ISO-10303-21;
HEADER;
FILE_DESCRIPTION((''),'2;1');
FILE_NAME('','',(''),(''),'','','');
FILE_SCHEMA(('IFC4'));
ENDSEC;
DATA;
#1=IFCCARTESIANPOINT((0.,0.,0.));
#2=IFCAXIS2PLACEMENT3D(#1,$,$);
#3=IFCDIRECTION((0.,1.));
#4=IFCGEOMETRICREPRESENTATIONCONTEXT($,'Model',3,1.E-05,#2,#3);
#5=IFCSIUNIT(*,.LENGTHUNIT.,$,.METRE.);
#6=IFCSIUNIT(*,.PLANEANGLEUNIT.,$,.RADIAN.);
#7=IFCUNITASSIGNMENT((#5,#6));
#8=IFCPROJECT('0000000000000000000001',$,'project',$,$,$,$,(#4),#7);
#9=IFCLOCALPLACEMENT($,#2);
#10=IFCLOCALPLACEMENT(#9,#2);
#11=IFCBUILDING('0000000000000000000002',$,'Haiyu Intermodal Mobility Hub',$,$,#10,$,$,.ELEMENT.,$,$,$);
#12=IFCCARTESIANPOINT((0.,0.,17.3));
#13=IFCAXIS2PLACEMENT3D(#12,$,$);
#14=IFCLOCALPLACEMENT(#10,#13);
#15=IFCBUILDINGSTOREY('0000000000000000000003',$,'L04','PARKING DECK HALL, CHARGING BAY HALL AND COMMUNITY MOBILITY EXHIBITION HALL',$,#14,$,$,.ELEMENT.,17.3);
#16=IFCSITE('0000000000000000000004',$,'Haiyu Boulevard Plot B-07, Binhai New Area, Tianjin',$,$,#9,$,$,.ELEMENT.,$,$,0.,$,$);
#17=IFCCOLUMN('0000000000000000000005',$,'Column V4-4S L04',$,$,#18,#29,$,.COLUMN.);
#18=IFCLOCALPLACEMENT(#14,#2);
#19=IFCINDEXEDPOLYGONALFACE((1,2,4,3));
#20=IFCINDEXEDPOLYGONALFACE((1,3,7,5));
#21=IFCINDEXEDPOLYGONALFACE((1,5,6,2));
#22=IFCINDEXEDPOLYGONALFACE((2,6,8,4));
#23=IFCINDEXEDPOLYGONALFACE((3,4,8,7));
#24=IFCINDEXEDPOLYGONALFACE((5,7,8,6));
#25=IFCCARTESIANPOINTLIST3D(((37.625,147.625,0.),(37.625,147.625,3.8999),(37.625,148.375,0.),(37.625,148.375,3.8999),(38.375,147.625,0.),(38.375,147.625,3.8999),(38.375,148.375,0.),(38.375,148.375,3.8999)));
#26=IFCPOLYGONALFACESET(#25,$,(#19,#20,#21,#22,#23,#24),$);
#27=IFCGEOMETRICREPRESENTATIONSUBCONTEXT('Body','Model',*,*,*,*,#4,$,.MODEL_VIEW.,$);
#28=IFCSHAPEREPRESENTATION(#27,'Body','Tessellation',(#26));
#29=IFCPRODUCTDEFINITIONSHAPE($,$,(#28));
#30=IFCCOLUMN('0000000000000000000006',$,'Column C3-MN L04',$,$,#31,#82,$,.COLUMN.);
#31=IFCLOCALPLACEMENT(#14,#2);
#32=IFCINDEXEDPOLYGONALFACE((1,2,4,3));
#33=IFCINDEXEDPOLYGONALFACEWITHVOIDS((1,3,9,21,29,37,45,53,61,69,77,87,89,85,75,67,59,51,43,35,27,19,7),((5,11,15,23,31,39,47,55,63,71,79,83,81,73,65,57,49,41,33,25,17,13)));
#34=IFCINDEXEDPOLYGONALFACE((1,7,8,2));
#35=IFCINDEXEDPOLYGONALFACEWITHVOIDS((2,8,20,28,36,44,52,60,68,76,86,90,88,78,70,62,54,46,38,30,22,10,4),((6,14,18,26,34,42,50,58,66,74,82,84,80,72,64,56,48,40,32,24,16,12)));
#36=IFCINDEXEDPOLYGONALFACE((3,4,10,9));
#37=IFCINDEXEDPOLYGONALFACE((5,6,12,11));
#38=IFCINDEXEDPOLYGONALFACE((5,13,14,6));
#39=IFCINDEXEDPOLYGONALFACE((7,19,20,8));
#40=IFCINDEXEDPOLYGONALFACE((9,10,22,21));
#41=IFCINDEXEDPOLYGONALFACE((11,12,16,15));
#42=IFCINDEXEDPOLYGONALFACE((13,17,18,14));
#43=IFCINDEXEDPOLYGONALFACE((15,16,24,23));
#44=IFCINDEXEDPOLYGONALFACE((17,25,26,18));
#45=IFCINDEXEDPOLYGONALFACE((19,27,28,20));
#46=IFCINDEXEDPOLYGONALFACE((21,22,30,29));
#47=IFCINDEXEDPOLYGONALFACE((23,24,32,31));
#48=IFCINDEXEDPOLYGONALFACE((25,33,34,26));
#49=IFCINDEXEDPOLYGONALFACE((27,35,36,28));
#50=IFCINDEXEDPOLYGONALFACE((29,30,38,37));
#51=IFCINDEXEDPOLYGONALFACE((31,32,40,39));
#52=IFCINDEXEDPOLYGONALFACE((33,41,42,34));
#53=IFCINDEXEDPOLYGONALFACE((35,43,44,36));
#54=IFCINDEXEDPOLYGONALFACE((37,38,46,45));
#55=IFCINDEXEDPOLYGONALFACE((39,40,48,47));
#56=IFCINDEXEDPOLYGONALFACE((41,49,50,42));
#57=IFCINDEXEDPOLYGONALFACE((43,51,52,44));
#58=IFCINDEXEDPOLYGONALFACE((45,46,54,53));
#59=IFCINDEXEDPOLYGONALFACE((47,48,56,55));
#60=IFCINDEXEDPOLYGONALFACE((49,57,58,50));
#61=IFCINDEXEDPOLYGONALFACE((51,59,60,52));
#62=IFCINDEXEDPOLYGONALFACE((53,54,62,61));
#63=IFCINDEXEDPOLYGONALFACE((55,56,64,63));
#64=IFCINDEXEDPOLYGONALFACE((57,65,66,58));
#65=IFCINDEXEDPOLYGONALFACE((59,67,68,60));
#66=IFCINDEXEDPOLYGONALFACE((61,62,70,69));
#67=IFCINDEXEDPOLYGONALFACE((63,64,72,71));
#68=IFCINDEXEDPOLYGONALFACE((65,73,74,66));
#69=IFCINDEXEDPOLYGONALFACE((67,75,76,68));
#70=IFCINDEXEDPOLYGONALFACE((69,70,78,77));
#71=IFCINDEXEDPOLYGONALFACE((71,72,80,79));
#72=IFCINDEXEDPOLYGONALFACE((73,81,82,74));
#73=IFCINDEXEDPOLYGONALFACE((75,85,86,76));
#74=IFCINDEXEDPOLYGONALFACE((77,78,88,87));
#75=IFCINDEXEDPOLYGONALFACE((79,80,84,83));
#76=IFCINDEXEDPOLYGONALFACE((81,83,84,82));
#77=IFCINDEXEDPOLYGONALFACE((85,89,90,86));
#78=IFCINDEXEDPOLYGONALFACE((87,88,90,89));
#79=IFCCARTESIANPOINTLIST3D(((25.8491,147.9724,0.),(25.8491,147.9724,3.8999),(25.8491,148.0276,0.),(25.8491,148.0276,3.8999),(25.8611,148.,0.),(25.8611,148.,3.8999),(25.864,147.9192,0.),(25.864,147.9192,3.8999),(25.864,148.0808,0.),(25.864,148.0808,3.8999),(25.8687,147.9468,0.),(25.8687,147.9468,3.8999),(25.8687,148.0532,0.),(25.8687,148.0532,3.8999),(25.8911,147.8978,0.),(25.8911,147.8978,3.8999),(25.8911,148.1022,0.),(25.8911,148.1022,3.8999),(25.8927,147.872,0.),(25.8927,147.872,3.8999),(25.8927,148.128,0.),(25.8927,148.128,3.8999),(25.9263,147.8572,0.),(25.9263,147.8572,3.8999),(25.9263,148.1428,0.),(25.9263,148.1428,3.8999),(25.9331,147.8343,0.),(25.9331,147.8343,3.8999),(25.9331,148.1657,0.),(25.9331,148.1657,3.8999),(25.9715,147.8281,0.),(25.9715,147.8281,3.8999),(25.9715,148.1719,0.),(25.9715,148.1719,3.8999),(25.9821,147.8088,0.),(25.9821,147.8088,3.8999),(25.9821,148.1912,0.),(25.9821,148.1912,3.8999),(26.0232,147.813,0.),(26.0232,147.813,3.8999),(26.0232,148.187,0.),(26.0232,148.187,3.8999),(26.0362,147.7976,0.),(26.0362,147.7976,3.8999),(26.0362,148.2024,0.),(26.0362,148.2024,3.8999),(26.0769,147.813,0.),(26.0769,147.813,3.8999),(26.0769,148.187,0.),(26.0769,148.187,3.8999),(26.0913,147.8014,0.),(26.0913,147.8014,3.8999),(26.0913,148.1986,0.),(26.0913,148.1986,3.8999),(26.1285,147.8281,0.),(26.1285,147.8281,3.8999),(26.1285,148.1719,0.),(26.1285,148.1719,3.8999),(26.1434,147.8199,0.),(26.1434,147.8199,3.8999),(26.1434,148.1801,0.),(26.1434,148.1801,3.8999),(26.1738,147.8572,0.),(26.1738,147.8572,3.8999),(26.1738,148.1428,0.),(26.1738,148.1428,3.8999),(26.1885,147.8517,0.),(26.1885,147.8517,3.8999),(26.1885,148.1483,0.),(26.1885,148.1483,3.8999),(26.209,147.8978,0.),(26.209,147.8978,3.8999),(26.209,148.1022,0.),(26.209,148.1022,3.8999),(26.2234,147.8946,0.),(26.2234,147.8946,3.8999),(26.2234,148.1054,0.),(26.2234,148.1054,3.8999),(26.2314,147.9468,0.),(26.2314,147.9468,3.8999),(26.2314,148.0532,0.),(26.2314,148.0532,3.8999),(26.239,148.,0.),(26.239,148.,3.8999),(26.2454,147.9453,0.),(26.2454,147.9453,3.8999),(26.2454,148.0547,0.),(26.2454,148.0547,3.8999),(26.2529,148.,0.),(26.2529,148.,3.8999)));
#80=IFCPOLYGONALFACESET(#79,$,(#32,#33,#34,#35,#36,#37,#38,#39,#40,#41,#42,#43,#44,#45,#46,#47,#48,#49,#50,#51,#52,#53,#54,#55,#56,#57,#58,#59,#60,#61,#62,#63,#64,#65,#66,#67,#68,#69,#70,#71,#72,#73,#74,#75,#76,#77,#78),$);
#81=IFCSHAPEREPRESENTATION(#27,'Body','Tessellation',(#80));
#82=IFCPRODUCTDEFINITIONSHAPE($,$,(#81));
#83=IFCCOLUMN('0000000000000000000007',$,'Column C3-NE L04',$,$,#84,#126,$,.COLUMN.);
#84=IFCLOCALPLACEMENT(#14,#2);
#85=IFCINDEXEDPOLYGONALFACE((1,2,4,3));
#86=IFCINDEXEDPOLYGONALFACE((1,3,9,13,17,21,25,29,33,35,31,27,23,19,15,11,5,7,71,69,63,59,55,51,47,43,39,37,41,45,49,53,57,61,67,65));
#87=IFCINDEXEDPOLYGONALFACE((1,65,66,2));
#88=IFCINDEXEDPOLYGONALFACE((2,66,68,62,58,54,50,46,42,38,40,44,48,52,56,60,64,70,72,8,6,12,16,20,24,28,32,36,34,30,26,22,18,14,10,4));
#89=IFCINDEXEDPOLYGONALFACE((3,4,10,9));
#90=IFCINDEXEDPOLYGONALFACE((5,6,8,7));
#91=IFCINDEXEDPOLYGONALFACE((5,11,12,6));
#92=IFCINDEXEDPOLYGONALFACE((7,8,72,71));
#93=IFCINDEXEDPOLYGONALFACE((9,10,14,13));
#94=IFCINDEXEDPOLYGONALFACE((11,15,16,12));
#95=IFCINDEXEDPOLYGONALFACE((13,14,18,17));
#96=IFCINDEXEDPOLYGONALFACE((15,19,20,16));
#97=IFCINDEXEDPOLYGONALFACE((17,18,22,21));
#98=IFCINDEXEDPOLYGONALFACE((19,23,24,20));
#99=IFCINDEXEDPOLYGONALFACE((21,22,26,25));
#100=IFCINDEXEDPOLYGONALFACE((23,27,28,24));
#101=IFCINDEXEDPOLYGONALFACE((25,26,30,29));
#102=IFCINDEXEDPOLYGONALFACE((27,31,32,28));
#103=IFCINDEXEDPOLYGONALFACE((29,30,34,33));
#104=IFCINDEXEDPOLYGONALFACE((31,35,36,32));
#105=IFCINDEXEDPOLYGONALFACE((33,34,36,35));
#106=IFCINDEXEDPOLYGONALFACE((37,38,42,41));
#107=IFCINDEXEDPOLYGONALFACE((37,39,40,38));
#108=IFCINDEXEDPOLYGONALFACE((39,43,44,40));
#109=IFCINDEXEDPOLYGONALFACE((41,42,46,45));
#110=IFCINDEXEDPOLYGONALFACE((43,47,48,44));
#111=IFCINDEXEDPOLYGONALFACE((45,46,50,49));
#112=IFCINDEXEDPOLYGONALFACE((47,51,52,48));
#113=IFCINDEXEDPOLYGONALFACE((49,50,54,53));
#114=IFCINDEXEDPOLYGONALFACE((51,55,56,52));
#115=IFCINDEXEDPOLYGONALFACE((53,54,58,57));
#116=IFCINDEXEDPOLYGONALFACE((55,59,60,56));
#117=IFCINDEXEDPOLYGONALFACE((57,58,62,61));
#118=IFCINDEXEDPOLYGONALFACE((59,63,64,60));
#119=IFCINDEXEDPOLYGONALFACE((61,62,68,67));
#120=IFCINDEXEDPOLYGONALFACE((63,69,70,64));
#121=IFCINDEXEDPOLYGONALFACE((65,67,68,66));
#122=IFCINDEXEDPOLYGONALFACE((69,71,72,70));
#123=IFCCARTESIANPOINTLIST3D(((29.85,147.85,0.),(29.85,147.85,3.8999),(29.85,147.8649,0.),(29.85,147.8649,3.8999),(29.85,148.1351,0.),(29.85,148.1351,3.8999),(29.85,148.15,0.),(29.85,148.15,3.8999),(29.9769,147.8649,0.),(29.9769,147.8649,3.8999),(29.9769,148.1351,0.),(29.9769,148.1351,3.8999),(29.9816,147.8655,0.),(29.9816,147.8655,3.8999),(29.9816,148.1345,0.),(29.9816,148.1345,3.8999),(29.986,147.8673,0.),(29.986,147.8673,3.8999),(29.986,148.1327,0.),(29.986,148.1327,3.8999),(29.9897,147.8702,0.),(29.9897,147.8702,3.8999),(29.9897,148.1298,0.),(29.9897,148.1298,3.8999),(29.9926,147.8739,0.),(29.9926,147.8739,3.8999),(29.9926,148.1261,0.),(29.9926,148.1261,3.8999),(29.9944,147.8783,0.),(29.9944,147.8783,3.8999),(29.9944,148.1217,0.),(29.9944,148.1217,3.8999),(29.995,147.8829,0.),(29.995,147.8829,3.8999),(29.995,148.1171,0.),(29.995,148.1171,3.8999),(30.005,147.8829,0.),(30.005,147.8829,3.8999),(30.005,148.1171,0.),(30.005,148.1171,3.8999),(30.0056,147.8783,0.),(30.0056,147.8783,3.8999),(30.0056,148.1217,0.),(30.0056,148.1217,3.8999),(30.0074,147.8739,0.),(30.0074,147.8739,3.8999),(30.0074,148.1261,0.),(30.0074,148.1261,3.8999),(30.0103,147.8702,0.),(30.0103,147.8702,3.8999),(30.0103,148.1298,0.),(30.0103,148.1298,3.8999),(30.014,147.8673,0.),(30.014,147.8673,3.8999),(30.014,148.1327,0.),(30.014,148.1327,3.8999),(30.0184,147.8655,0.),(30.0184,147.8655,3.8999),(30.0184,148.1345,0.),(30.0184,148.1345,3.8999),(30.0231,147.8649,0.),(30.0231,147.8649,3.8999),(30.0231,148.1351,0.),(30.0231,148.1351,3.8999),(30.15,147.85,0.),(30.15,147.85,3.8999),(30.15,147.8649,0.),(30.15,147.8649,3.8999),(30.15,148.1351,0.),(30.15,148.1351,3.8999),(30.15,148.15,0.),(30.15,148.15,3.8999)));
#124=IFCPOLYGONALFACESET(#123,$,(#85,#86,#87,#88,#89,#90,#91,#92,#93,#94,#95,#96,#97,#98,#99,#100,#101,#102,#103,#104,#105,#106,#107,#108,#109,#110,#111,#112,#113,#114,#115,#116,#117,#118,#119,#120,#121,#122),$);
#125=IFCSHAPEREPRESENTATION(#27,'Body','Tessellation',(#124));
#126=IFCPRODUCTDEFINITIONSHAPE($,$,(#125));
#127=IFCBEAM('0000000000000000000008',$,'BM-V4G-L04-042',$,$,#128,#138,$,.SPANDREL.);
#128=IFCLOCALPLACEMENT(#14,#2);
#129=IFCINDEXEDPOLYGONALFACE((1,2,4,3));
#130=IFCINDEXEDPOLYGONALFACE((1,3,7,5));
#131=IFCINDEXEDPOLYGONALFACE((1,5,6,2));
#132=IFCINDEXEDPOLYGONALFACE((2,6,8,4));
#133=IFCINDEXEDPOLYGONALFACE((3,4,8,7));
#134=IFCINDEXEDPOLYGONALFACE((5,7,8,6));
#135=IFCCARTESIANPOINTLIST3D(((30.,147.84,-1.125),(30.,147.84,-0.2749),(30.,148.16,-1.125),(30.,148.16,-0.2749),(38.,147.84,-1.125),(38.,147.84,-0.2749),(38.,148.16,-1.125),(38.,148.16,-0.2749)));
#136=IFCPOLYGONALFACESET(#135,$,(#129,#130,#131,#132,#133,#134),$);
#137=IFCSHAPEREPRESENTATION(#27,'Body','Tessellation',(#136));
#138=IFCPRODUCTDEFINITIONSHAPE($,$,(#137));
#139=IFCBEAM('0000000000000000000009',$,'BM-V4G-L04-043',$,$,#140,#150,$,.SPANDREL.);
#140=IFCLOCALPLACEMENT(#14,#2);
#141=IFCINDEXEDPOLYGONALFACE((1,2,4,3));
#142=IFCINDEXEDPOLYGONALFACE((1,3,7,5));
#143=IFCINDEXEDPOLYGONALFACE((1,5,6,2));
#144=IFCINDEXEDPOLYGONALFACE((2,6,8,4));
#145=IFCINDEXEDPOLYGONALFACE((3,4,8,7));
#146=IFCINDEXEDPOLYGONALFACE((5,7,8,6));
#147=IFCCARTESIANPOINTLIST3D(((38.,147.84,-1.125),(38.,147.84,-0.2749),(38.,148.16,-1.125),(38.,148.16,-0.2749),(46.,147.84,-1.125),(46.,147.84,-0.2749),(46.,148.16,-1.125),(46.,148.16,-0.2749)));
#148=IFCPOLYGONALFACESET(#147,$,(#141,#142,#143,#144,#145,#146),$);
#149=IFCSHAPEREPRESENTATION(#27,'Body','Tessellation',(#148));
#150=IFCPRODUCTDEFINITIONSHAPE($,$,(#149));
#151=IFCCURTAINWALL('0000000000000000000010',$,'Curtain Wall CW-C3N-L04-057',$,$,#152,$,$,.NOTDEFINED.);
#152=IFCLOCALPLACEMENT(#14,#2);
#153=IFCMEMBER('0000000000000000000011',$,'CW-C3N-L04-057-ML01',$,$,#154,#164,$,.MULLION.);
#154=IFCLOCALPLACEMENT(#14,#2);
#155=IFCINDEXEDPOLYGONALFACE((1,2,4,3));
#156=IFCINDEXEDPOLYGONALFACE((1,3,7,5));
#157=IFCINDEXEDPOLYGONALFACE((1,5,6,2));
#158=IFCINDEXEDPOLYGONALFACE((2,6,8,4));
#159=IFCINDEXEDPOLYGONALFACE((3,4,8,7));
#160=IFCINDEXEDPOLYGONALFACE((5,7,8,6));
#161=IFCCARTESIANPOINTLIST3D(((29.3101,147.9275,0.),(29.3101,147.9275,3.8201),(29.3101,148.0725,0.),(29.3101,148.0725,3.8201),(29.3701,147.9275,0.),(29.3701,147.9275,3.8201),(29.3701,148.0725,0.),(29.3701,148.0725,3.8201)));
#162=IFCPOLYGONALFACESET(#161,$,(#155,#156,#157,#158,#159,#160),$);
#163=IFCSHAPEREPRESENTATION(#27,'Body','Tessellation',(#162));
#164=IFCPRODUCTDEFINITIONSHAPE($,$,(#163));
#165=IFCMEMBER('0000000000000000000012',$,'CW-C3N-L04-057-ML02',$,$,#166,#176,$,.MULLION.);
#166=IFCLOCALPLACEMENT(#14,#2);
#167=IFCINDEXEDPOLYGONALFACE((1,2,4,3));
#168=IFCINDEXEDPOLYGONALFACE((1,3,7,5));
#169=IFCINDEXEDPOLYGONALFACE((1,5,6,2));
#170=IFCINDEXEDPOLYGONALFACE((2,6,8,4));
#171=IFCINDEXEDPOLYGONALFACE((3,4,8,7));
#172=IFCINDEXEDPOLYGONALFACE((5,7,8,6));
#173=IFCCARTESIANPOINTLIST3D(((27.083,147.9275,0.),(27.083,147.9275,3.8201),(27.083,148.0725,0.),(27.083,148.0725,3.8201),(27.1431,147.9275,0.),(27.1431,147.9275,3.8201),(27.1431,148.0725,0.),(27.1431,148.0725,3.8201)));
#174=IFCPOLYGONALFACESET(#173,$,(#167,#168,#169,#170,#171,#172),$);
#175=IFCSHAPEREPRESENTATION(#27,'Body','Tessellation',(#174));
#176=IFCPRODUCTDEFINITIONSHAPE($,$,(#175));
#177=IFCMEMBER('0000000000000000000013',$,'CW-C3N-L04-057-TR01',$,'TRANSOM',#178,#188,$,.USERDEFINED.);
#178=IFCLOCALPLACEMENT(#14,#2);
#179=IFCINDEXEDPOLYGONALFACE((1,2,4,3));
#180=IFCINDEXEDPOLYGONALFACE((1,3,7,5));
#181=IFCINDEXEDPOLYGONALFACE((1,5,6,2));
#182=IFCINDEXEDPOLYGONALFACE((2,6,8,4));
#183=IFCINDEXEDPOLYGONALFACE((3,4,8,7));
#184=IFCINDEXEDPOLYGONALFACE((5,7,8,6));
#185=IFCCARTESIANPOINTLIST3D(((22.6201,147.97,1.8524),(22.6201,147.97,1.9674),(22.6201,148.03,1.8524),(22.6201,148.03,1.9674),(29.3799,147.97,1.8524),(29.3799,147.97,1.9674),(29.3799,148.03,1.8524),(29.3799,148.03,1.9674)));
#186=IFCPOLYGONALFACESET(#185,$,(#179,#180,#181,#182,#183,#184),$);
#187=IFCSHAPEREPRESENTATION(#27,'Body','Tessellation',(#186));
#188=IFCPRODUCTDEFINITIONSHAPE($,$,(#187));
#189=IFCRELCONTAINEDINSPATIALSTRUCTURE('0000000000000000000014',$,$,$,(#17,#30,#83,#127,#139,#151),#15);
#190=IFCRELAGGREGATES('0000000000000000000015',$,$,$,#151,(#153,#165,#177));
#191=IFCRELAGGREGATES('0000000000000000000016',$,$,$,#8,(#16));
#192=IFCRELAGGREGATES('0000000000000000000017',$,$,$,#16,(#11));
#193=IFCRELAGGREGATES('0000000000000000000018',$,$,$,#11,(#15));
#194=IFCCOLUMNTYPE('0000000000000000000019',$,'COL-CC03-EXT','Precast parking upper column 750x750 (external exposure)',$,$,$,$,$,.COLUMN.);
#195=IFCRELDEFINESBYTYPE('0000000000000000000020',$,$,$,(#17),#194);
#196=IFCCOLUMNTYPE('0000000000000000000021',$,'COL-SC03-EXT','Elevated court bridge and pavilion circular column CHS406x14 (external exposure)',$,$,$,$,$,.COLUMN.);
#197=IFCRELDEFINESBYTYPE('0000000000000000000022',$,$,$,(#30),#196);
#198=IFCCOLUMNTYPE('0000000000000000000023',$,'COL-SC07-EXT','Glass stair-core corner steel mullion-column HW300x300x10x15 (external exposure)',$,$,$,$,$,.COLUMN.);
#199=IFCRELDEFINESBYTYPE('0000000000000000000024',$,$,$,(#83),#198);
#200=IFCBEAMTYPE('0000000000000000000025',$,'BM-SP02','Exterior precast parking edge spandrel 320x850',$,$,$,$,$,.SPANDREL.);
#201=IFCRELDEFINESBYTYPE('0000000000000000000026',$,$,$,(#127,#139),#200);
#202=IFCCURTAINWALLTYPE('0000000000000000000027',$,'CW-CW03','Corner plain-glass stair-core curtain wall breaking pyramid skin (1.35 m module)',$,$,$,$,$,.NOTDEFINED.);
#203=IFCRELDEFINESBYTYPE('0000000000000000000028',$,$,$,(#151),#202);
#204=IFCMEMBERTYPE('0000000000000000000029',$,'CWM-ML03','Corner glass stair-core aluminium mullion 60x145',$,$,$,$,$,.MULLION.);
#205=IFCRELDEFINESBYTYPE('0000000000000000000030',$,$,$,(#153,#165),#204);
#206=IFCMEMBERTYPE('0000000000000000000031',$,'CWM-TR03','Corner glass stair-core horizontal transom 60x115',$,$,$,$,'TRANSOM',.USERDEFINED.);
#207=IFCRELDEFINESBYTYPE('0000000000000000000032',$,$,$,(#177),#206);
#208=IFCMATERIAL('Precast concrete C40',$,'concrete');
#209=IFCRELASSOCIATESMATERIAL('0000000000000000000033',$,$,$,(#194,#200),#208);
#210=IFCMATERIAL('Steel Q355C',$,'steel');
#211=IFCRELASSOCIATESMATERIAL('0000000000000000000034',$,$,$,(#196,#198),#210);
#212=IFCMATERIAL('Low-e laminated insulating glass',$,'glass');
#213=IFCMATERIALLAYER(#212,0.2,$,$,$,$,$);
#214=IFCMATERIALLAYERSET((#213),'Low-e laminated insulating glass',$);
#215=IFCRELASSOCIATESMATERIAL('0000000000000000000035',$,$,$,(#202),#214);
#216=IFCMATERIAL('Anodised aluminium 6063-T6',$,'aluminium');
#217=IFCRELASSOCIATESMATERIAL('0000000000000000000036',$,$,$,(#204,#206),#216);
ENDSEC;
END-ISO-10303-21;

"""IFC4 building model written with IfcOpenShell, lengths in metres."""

from ifc_helpers import new_model, si_unit, direction, frame, origin, origin_2d, place, context, subcontext, project, spatial, rectangle, hollow_circle, i_section, extrude, material, layer, layer_set, material_profile, profile_set, type_object, element, aggregate, save


model = new_model("IFC4")

# Units and contexts
model_context = context("Model", 3, precision=1e-05, world=origin(), true_north=direction((0.0, 1.0)))
body_context = subcontext(model_context, "Body", "Model", "MODEL_VIEW")
ifc_project = project(units=[si_unit("LENGTHUNIT", "METRE"), si_unit("PLANEANGLEUNIT", "RADIAN")], contexts=[model_context])

# Site, building, storey
site_placement = place(None, origin())
site = spatial("IfcSite", under=ifc_project, at=site_placement, Name="Haiyu Boulevard Plot B-07, Binhai New Area, Tianjin", CompositionType="ELEMENT", RefElevation=0.0)
building_placement = place(site_placement, origin())
building = spatial("IfcBuilding", under=site, at=building_placement, Name="Haiyu Intermodal Mobility Hub", CompositionType="ELEMENT")
storey_placement = place(building_placement, frame((0.0, 0.0, 17.3)))
storey = spatial("IfcBuildingStorey", under=building, at=storey_placement, Name="L04", Description="PARKING DECK HALL, CHARGING BAY HALL AND COMMUNITY MOBILITY EXHIBITION HALL", CompositionType="ELEMENT", Elevation=17.3)

# Columns
ifc_material_1 = material(Name="Precast concrete C40", Category="concrete")
ifc_material_profile_1 = material_profile(ifc_material_1, rectangle(XDim=0.75, YDim=0.75, at=origin_2d()), Name="RC750x750")
ifc_profile_set_1 = profile_set([ifc_material_profile_1], Name="Precast concrete C40")
column_type_1 = type_object("IfcColumnType", Name="COL-CC03-EXT", Description="Precast parking upper column 750x750 (external exposure)", PredefinedType="COLUMN", material=ifc_profile_set_1)
column_1_placement = place(storey_placement, frame((38.0, 148.0, 0.0), z_axis=(0.0, 0.0, 1.0), x_axis=(1.0, 0.0, 0.0)))
element("IfcColumn", 1, at=column_1_placement, inside=storey, type_object=column_type_1, Name="Column V4-4S L04", PredefinedType="COLUMN", context=body_context, shape_type="SweptSolid", body=[
    extrude(rectangle(XDim=0.75, YDim=0.75, at=origin_2d()), origin(), (0.0, 0.0, 1.0), 3.8999),
])
ifc_material_2 = material(Name="Steel Q355C", Category="steel")
ifc_material_profile_2 = material_profile(ifc_material_2, hollow_circle(Radius=0.2029, WallThickness=0.0139, at=origin_2d()), Name="CHS406x14")
ifc_profile_set_2 = profile_set([ifc_material_profile_2], Name="Steel Q355C")
column_type_2 = type_object("IfcColumnType", Name="COL-SC03-EXT", Description="Elevated court bridge and pavilion circular column CHS406x14 (external exposure)", PredefinedType="COLUMN", material=ifc_profile_set_2)
column_2_placement = place(storey_placement, frame((26.05, 148.0, 0.0), z_axis=(0.0, 0.0, 1.0), x_axis=(1.0, 0.0, 0.0)))
element("IfcColumn", 2, at=column_2_placement, inside=storey, type_object=column_type_2, Name="Column C3-MN L04", PredefinedType="COLUMN", context=body_context, shape_type="SweptSolid", body=[
    extrude(hollow_circle(Radius=0.2029, WallThickness=0.0139, at=origin_2d()), origin(), (0.0, 0.0, 1.0), 3.8999),
])
ifc_material_profile_3 = material_profile(ifc_material_2, i_section(OverallWidth=0.3, OverallDepth=0.3, WebThickness=0.01, FlangeThickness=0.0149, FilletRadius=0.0181, at=origin_2d()), Name="HW300x300x10x15")
ifc_profile_set_3 = profile_set([ifc_material_profile_3], Name="Steel Q355C")
column_type_3 = type_object("IfcColumnType", Name="COL-SC07-EXT", Description="Glass stair-core corner steel mullion-column HW300x300x10x15 (external exposure)", PredefinedType="COLUMN", material=ifc_profile_set_3)
column_3_placement = place(storey_placement, frame((30.0, 148.0, 0.0), z_axis=(0.0, 0.0, 1.0), x_axis=(1.0, 0.0, 0.0)))
element("IfcColumn", 3, at=column_3_placement, inside=storey, type_object=column_type_3, Name="Column C3-NE L04", PredefinedType="COLUMN", context=body_context, shape_type="SweptSolid", body=[
    extrude(i_section(OverallWidth=0.3, OverallDepth=0.3, WebThickness=0.01, FlangeThickness=0.0149, FilletRadius=0.0181, at=origin_2d()), origin(), (0.0, 0.0, 1.0), 3.8999),
])

# Beams
ifc_material_profile_4 = material_profile(ifc_material_1, rectangle(XDim=0.3201, YDim=0.8501, at=origin_2d()), Name="PC320x850")
ifc_profile_set_4 = profile_set([ifc_material_profile_4], Name="Precast concrete C40")
beam_type = type_object("IfcBeamType", Name="BM-SP02", Description="Exterior precast parking edge spandrel 320x850", PredefinedType="SPANDREL", material=ifc_profile_set_4)
for number, where, z_axis, x_axis, name in (
    (4, (30.0, 148.0, -0.7), (1.0, 0.0, 0.0), (0.0, 1.0, 0.0), "BM-V4G-L04-042"),
    (5, (38.0, 148.0, -0.7), (1.0, 0.0, 0.0), (0.0, 1.0, 0.0), "BM-V4G-L04-043"),
):
    element("IfcBeam", number, at=place(storey_placement, frame(where, z_axis=z_axis, x_axis=x_axis)), inside=storey, type_object=beam_type, Name=name, PredefinedType="SPANDREL", context=body_context, shape_type="SweptSolid", body=[
        extrude(rectangle(XDim=0.3201, YDim=0.8501, at=origin_2d()), origin(), (0.0, 0.0, 1.0), 8.0),
    ])

# Curtain wall, members
ifc_material_3 = material(Name="Low-e laminated insulating glass", Category="glass")
ifc_layer_1 = layer(ifc_material_3, 0.2)
ifc_layer_set_1 = layer_set([ifc_layer_1], Name="Low-e laminated insulating glass")
curtain_wall_type = type_object("IfcCurtainWallType", Name="CW-CW03", Description="Corner plain-glass stair-core curtain wall breaking pyramid skin (1.35 m module)", PredefinedType="NOTDEFINED", material=ifc_layer_set_1)
curtain_wall_placement = place(storey_placement, origin())
curtain_wall = element("IfcCurtainWall", 6, at=curtain_wall_placement, inside=storey, type_object=curtain_wall_type, Name="Curtain Wall CW-C3N-L04-057", PredefinedType="NOTDEFINED")
ifc_material_4 = material(Name="Anodised aluminium 6063-T6", Category="aluminium")
ifc_material_profile_5 = material_profile(ifc_material_4, rectangle(XDim=0.0601, YDim=0.145, at=origin_2d()), Name="ALU60x145")
ifc_profile_set_5 = profile_set([ifc_material_profile_5], Name="Anodised aluminium 6063-T6")
member_type_1 = type_object("IfcMemberType", Name="CWM-ML03", Description="Corner glass stair-core aluminium mullion 60x145", PredefinedType="MULLION", material=ifc_profile_set_5)
member_1_placement = place(storey_placement, frame((29.3401, 148.0, 0.0), z_axis=(0.0, 0.0, 1.0), x_axis=(1.0, 0.0, 0.0)))
member_1 = element("IfcMember", 7, at=member_1_placement, type_object=member_type_1, Name="CW-C3N-L04-057-ML01", PredefinedType="MULLION", context=body_context, shape_type="SweptSolid", body=[
    extrude(rectangle(XDim=0.0601, YDim=0.145, at=origin_2d()), origin(), (0.0, 0.0, 1.0), 3.8201),
])
member_2_placement = place(storey_placement, frame((27.113, 148.0, 0.0), z_axis=(0.0, 0.0, 1.0), x_axis=(1.0, 0.0, 0.0)))
member_2 = element("IfcMember", 8, at=member_2_placement, type_object=member_type_1, Name="CW-C3N-L04-057-ML02", PredefinedType="MULLION", context=body_context, shape_type="SweptSolid", body=[
    extrude(rectangle(XDim=0.0601, YDim=0.145, at=origin_2d()), origin(), (0.0, 0.0, 1.0), 3.8201),
])
ifc_material_profile_6 = material_profile(ifc_material_4, rectangle(XDim=0.0601, YDim=0.115, at=origin_2d()), Name="ALU60x115")
ifc_profile_set_6 = profile_set([ifc_material_profile_6], Name="Anodised aluminium 6063-T6")
member_type_2 = type_object("IfcMemberType", Name="CWM-TR03", Description="Corner glass stair-core horizontal transom 60x115", ElementType="TRANSOM", PredefinedType="USERDEFINED", material=ifc_profile_set_6)
member_3_placement = place(storey_placement, frame((29.3799, 148.0, 1.9099), z_axis=(-1.0, 0.0, 0.0), x_axis=(0.0, -1.0, 0.0)))
member_3 = element("IfcMember", 9, at=member_3_placement, type_object=member_type_2, Name="CW-C3N-L04-057-TR01", ObjectType="TRANSOM", PredefinedType="USERDEFINED", context=body_context, shape_type="SweptSolid", body=[
    extrude(rectangle(XDim=0.0601, YDim=0.115, at=origin_2d()), origin(), (0.0, 0.0, 1.0), 6.7598),
])

aggregate(curtain_wall, [member_1, member_2, member_3])

save(model, "model.ifc")
